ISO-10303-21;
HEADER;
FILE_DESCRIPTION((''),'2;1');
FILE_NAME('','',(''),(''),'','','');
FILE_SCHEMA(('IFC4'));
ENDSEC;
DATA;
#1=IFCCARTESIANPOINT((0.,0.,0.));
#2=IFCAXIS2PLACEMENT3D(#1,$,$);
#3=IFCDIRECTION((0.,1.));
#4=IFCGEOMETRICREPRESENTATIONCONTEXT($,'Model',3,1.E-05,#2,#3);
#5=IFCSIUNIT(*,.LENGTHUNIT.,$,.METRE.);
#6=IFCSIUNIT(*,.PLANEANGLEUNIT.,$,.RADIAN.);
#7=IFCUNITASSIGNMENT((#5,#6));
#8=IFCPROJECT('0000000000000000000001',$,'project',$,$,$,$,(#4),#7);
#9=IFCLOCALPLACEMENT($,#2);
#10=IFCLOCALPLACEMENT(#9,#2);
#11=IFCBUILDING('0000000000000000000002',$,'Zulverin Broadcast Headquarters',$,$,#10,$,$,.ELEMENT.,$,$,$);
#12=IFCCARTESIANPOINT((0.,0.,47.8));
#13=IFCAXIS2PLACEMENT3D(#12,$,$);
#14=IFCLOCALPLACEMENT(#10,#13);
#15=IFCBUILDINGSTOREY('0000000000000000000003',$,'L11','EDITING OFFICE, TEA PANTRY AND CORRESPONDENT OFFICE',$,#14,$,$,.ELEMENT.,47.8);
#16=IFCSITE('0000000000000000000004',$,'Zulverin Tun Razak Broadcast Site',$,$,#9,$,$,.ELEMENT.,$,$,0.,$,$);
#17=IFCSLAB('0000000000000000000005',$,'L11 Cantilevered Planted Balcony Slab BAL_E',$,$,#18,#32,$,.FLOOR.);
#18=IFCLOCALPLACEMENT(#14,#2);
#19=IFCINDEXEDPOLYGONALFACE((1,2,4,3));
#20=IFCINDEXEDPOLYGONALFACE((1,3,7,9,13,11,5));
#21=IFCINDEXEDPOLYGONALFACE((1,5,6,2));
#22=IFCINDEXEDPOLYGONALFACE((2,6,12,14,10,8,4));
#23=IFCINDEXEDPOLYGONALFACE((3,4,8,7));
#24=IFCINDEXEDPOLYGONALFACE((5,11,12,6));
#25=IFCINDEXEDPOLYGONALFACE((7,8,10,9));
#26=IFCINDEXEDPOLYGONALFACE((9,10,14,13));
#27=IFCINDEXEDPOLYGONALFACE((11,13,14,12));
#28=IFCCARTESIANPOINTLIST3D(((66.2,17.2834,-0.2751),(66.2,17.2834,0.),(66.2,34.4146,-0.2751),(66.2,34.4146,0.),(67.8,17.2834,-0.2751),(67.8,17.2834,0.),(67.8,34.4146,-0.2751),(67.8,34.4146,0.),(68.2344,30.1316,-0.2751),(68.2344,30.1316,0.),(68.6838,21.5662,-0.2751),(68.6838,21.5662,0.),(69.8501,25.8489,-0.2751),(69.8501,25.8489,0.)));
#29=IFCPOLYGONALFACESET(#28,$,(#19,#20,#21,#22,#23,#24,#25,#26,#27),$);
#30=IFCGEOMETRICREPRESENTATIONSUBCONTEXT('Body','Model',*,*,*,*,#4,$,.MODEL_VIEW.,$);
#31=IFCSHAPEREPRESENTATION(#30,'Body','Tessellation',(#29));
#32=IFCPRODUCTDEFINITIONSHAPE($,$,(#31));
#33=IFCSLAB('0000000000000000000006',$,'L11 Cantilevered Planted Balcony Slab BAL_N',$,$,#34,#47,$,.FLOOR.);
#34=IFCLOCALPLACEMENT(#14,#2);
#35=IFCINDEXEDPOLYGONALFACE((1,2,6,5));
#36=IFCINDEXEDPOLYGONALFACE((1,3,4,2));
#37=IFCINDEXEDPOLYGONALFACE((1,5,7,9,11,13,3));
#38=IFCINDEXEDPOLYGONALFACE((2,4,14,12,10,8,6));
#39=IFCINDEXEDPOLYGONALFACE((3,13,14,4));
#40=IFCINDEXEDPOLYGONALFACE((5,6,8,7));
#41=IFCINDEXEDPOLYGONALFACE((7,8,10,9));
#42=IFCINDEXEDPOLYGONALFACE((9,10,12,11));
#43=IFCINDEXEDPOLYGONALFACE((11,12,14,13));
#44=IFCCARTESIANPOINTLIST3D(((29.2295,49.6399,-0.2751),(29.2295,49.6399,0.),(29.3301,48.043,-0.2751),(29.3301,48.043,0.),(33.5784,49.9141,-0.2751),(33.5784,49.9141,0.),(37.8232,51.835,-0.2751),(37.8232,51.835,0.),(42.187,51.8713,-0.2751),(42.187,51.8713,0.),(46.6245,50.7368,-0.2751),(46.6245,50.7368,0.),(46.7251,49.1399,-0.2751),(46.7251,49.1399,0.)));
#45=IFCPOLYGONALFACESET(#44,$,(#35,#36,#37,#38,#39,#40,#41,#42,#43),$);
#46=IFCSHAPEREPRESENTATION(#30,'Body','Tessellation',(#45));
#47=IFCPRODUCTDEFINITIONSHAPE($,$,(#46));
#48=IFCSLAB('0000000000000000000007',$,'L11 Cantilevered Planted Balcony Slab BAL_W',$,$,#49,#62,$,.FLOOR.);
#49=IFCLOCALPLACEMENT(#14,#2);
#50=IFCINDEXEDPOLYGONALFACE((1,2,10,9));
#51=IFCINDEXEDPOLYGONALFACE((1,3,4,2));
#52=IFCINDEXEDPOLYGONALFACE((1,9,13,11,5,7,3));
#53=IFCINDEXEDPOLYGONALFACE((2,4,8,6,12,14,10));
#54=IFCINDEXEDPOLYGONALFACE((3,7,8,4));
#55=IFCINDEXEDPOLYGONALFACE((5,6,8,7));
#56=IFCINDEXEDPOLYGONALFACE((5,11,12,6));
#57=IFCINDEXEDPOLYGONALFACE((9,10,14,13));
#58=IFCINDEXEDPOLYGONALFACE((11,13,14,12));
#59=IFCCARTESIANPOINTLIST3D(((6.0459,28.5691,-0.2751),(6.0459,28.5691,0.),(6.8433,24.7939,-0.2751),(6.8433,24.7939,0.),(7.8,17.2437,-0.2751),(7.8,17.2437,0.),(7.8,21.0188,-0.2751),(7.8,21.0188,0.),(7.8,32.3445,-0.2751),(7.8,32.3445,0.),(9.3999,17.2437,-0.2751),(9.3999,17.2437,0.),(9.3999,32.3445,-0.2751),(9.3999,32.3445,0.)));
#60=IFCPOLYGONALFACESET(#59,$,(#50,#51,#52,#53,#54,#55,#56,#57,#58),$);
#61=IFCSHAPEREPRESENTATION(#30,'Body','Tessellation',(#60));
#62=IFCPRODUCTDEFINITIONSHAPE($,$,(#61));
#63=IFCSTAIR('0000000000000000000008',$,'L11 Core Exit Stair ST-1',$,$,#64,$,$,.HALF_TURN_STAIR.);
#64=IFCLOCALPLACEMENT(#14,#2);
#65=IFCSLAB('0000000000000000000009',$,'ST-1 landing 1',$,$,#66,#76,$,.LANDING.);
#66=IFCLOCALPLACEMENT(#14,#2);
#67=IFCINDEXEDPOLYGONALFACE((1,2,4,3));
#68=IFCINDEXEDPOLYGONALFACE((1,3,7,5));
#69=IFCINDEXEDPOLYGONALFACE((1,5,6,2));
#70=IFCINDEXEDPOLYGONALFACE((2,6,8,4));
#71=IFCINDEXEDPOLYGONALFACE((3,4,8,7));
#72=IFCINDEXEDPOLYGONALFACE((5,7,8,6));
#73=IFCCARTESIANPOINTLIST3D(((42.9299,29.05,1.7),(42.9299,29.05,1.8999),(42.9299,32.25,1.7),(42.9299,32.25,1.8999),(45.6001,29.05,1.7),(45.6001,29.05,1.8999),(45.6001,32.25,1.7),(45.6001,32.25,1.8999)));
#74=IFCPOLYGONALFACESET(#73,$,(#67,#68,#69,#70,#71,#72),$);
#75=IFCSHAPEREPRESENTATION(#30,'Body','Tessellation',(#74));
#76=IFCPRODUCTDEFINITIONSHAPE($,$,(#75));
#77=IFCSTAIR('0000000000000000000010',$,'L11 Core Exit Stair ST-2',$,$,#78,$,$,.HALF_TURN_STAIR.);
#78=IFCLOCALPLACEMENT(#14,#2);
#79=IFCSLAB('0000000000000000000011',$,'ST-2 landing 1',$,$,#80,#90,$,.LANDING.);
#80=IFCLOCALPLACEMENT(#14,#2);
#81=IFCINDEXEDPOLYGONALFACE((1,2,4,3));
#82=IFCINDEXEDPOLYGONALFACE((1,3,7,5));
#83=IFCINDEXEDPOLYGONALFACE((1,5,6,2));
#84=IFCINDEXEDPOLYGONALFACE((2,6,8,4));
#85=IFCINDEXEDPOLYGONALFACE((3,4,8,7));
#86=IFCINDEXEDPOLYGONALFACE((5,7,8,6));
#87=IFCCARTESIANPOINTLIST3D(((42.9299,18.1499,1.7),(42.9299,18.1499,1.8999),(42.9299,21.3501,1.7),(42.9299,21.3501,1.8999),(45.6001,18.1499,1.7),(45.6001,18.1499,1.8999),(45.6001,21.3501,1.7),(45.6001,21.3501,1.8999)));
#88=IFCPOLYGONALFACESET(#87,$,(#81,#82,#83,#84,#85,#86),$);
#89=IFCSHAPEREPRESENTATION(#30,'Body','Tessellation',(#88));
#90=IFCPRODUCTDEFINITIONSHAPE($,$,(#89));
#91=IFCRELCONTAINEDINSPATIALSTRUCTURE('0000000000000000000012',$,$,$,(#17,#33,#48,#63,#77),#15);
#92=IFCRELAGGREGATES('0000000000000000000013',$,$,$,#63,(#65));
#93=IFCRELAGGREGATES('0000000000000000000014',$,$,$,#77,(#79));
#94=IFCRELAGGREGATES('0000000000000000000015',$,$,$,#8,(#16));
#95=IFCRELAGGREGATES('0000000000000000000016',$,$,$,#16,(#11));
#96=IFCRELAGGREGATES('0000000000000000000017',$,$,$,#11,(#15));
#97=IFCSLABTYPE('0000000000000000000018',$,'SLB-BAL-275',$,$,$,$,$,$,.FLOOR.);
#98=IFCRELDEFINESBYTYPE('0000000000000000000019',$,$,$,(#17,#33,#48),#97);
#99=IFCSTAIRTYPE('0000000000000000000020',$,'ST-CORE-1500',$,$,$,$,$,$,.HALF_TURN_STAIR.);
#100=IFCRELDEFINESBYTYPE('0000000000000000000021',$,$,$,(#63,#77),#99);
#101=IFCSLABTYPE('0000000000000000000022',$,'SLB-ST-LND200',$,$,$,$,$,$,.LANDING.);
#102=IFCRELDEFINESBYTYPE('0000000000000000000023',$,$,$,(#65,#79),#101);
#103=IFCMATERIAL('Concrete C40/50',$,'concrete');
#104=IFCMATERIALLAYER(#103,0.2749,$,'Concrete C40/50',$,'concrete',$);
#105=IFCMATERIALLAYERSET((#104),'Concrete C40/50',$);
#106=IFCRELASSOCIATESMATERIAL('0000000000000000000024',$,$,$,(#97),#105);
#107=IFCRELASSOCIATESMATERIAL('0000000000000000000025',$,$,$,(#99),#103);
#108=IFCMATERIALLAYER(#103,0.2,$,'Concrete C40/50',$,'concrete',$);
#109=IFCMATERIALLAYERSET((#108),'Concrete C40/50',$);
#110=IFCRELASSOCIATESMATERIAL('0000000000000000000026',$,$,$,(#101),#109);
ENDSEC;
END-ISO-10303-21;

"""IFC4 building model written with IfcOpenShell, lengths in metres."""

from ifc_helpers import new_model, si_unit, direction, frame, origin, place, context, subcontext, project, spatial, polyline, outline, extrude, material, layer, layer_set, type_object, element, aggregate, save


model = new_model("IFC4")

# Units and contexts
model_context = context("Model", 3, precision=1e-05, world=origin(), true_north=direction((0.0, 1.0)))
body_context = subcontext(model_context, "Body", "Model", "MODEL_VIEW")
ifc_project = project(units=[si_unit("LENGTHUNIT", "METRE"), si_unit("PLANEANGLEUNIT", "RADIAN")], contexts=[model_context])

# Site, building, storey
site_placement = place(None, origin())
site = spatial("IfcSite", under=ifc_project, at=site_placement, Name="Zulverin Tun Razak Broadcast Site", CompositionType="ELEMENT", RefElevation=0.0)
building_placement = place(site_placement, origin())
building = spatial("IfcBuilding", under=site, at=building_placement, Name="Zulverin Broadcast Headquarters", CompositionType="ELEMENT")
storey_placement = place(building_placement, frame((0.0, 0.0, 47.8)))
storey = spatial("IfcBuildingStorey", under=building, at=storey_placement, Name="L11", Description="EDITING OFFICE, TEA PANTRY AND CORRESPONDENT OFFICE", CompositionType="ELEMENT", Elevation=47.8)

# Slabs
ifc_material_1 = material(Name="Concrete C40/50", Category="concrete")
ifc_layer_1 = layer(ifc_material_1, 0.2749, Name="Concrete C40/50", Category="concrete")
ifc_layer_set_1 = layer_set([ifc_layer_1], Name="Concrete C40/50")
slab_type_1 = type_object("IfcSlabType", Name="SLB-BAL-275", PredefinedType="FLOOR", material=ifc_layer_set_1)
slab_1_placement = place(storey_placement, frame((0.0, 0.0, -0.2751)))
element("IfcSlab", 1, at=slab_1_placement, inside=storey, type_object=slab_type_1, Name="L11 Cantilevered Planted Balcony Slab BAL_E", PredefinedType="FLOOR", context=body_context, shape_type="SweptSolid", body=[
    extrude(outline(polyline([(66.2, 34.4146), (66.2, 17.2834), (67.8, 17.2834), (68.6838, 21.5662), (69.8501, 25.8489), (68.2344, 30.1316), (67.8, 34.4146), (66.2, 34.4146)])), origin(), (0.0, 0.0, 1.0), 0.2751),
])
slab_2_placement = place(storey_placement, frame((0.0, 0.0, -0.2751)))
element("IfcSlab", 2, at=slab_2_placement, inside=storey, type_object=slab_type_1, Name="L11 Cantilevered Planted Balcony Slab BAL_N", PredefinedType="FLOOR", context=body_context, shape_type="SweptSolid", body=[
    extrude(outline(polyline([(29.3301, 48.043), (46.7251, 49.1399), (46.6245, 50.7368), (42.187, 51.8713), (37.8232, 51.835), (33.5784, 49.9141), (29.2295, 49.6399), (29.3301, 48.043)])), origin(), (0.0, 0.0, 1.0), 0.2751),
])
slab_3_placement = place(storey_placement, frame((0.0, 0.0, -0.2751)))
element("IfcSlab", 3, at=slab_3_placement, inside=storey, type_object=slab_type_1, Name="L11 Cantilevered Planted Balcony Slab BAL_W", PredefinedType="FLOOR", context=body_context, shape_type="SweptSolid", body=[
    extrude(outline(polyline([(9.3999, 17.2437), (9.3999, 32.3445), (7.8, 32.3445), (6.0459, 28.5691), (6.8433, 24.7939), (7.8, 21.0188), (7.8, 17.2437), (9.3999, 17.2437)])), origin(), (0.0, 0.0, 1.0), 0.2751),
])

# Stairs, slabs
stair_type = type_object("IfcStairType", Name="ST-CORE-1500", PredefinedType="HALF_TURN_STAIR", material=ifc_material_1)
stair_1_placement = place(storey_placement, origin())
stair_1 = element("IfcStair", 4, at=stair_1_placement, inside=storey, type_object=stair_type, Name="L11 Core Exit Stair ST-1", PredefinedType="HALF_TURN_STAIR")
ifc_layer_2 = layer(ifc_material_1, 0.2, Name="Concrete C40/50", Category="concrete")
ifc_layer_set_2 = layer_set([ifc_layer_2], Name="Concrete C40/50")
slab_type_2 = type_object("IfcSlabType", Name="SLB-ST-LND200", PredefinedType="LANDING", material=ifc_layer_set_2)
slab_4_placement = place(storey_placement, frame((0.0, 0.0, 1.7)))
slab_4 = element("IfcSlab", 5, at=slab_4_placement, type_object=slab_type_2, Name="ST-1 landing 1", PredefinedType="LANDING", context=body_context, shape_type="SweptSolid", body=[
    extrude(outline(polyline([(42.9299, 29.05), (45.6001, 29.05), (45.6001, 32.25), (42.9299, 32.25), (42.9299, 29.05)])), origin(), (0.0, 0.0, 1.0), 0.2),
])
aggregate(stair_1, [slab_4])
stair_2_placement = place(storey_placement, origin())
stair_2 = element("IfcStair", 6, at=stair_2_placement, inside=storey, type_object=stair_type, Name="L11 Core Exit Stair ST-2", PredefinedType="HALF_TURN_STAIR")
slab_5_placement = place(storey_placement, frame((0.0, 0.0, 1.7)))
slab_5 = element("IfcSlab", 7, at=slab_5_placement, type_object=slab_type_2, Name="ST-2 landing 1", PredefinedType="LANDING", context=body_context, shape_type="SweptSolid", body=[
    extrude(outline(polyline([(42.9299, 18.1499), (45.6001, 18.1499), (45.6001, 21.3501), (42.9299, 21.3501), (42.9299, 18.1499)])), origin(), (0.0, 0.0, 1.0), 0.2),
])
aggregate(stair_2, [slab_5])

save(model, "model.ifc")
